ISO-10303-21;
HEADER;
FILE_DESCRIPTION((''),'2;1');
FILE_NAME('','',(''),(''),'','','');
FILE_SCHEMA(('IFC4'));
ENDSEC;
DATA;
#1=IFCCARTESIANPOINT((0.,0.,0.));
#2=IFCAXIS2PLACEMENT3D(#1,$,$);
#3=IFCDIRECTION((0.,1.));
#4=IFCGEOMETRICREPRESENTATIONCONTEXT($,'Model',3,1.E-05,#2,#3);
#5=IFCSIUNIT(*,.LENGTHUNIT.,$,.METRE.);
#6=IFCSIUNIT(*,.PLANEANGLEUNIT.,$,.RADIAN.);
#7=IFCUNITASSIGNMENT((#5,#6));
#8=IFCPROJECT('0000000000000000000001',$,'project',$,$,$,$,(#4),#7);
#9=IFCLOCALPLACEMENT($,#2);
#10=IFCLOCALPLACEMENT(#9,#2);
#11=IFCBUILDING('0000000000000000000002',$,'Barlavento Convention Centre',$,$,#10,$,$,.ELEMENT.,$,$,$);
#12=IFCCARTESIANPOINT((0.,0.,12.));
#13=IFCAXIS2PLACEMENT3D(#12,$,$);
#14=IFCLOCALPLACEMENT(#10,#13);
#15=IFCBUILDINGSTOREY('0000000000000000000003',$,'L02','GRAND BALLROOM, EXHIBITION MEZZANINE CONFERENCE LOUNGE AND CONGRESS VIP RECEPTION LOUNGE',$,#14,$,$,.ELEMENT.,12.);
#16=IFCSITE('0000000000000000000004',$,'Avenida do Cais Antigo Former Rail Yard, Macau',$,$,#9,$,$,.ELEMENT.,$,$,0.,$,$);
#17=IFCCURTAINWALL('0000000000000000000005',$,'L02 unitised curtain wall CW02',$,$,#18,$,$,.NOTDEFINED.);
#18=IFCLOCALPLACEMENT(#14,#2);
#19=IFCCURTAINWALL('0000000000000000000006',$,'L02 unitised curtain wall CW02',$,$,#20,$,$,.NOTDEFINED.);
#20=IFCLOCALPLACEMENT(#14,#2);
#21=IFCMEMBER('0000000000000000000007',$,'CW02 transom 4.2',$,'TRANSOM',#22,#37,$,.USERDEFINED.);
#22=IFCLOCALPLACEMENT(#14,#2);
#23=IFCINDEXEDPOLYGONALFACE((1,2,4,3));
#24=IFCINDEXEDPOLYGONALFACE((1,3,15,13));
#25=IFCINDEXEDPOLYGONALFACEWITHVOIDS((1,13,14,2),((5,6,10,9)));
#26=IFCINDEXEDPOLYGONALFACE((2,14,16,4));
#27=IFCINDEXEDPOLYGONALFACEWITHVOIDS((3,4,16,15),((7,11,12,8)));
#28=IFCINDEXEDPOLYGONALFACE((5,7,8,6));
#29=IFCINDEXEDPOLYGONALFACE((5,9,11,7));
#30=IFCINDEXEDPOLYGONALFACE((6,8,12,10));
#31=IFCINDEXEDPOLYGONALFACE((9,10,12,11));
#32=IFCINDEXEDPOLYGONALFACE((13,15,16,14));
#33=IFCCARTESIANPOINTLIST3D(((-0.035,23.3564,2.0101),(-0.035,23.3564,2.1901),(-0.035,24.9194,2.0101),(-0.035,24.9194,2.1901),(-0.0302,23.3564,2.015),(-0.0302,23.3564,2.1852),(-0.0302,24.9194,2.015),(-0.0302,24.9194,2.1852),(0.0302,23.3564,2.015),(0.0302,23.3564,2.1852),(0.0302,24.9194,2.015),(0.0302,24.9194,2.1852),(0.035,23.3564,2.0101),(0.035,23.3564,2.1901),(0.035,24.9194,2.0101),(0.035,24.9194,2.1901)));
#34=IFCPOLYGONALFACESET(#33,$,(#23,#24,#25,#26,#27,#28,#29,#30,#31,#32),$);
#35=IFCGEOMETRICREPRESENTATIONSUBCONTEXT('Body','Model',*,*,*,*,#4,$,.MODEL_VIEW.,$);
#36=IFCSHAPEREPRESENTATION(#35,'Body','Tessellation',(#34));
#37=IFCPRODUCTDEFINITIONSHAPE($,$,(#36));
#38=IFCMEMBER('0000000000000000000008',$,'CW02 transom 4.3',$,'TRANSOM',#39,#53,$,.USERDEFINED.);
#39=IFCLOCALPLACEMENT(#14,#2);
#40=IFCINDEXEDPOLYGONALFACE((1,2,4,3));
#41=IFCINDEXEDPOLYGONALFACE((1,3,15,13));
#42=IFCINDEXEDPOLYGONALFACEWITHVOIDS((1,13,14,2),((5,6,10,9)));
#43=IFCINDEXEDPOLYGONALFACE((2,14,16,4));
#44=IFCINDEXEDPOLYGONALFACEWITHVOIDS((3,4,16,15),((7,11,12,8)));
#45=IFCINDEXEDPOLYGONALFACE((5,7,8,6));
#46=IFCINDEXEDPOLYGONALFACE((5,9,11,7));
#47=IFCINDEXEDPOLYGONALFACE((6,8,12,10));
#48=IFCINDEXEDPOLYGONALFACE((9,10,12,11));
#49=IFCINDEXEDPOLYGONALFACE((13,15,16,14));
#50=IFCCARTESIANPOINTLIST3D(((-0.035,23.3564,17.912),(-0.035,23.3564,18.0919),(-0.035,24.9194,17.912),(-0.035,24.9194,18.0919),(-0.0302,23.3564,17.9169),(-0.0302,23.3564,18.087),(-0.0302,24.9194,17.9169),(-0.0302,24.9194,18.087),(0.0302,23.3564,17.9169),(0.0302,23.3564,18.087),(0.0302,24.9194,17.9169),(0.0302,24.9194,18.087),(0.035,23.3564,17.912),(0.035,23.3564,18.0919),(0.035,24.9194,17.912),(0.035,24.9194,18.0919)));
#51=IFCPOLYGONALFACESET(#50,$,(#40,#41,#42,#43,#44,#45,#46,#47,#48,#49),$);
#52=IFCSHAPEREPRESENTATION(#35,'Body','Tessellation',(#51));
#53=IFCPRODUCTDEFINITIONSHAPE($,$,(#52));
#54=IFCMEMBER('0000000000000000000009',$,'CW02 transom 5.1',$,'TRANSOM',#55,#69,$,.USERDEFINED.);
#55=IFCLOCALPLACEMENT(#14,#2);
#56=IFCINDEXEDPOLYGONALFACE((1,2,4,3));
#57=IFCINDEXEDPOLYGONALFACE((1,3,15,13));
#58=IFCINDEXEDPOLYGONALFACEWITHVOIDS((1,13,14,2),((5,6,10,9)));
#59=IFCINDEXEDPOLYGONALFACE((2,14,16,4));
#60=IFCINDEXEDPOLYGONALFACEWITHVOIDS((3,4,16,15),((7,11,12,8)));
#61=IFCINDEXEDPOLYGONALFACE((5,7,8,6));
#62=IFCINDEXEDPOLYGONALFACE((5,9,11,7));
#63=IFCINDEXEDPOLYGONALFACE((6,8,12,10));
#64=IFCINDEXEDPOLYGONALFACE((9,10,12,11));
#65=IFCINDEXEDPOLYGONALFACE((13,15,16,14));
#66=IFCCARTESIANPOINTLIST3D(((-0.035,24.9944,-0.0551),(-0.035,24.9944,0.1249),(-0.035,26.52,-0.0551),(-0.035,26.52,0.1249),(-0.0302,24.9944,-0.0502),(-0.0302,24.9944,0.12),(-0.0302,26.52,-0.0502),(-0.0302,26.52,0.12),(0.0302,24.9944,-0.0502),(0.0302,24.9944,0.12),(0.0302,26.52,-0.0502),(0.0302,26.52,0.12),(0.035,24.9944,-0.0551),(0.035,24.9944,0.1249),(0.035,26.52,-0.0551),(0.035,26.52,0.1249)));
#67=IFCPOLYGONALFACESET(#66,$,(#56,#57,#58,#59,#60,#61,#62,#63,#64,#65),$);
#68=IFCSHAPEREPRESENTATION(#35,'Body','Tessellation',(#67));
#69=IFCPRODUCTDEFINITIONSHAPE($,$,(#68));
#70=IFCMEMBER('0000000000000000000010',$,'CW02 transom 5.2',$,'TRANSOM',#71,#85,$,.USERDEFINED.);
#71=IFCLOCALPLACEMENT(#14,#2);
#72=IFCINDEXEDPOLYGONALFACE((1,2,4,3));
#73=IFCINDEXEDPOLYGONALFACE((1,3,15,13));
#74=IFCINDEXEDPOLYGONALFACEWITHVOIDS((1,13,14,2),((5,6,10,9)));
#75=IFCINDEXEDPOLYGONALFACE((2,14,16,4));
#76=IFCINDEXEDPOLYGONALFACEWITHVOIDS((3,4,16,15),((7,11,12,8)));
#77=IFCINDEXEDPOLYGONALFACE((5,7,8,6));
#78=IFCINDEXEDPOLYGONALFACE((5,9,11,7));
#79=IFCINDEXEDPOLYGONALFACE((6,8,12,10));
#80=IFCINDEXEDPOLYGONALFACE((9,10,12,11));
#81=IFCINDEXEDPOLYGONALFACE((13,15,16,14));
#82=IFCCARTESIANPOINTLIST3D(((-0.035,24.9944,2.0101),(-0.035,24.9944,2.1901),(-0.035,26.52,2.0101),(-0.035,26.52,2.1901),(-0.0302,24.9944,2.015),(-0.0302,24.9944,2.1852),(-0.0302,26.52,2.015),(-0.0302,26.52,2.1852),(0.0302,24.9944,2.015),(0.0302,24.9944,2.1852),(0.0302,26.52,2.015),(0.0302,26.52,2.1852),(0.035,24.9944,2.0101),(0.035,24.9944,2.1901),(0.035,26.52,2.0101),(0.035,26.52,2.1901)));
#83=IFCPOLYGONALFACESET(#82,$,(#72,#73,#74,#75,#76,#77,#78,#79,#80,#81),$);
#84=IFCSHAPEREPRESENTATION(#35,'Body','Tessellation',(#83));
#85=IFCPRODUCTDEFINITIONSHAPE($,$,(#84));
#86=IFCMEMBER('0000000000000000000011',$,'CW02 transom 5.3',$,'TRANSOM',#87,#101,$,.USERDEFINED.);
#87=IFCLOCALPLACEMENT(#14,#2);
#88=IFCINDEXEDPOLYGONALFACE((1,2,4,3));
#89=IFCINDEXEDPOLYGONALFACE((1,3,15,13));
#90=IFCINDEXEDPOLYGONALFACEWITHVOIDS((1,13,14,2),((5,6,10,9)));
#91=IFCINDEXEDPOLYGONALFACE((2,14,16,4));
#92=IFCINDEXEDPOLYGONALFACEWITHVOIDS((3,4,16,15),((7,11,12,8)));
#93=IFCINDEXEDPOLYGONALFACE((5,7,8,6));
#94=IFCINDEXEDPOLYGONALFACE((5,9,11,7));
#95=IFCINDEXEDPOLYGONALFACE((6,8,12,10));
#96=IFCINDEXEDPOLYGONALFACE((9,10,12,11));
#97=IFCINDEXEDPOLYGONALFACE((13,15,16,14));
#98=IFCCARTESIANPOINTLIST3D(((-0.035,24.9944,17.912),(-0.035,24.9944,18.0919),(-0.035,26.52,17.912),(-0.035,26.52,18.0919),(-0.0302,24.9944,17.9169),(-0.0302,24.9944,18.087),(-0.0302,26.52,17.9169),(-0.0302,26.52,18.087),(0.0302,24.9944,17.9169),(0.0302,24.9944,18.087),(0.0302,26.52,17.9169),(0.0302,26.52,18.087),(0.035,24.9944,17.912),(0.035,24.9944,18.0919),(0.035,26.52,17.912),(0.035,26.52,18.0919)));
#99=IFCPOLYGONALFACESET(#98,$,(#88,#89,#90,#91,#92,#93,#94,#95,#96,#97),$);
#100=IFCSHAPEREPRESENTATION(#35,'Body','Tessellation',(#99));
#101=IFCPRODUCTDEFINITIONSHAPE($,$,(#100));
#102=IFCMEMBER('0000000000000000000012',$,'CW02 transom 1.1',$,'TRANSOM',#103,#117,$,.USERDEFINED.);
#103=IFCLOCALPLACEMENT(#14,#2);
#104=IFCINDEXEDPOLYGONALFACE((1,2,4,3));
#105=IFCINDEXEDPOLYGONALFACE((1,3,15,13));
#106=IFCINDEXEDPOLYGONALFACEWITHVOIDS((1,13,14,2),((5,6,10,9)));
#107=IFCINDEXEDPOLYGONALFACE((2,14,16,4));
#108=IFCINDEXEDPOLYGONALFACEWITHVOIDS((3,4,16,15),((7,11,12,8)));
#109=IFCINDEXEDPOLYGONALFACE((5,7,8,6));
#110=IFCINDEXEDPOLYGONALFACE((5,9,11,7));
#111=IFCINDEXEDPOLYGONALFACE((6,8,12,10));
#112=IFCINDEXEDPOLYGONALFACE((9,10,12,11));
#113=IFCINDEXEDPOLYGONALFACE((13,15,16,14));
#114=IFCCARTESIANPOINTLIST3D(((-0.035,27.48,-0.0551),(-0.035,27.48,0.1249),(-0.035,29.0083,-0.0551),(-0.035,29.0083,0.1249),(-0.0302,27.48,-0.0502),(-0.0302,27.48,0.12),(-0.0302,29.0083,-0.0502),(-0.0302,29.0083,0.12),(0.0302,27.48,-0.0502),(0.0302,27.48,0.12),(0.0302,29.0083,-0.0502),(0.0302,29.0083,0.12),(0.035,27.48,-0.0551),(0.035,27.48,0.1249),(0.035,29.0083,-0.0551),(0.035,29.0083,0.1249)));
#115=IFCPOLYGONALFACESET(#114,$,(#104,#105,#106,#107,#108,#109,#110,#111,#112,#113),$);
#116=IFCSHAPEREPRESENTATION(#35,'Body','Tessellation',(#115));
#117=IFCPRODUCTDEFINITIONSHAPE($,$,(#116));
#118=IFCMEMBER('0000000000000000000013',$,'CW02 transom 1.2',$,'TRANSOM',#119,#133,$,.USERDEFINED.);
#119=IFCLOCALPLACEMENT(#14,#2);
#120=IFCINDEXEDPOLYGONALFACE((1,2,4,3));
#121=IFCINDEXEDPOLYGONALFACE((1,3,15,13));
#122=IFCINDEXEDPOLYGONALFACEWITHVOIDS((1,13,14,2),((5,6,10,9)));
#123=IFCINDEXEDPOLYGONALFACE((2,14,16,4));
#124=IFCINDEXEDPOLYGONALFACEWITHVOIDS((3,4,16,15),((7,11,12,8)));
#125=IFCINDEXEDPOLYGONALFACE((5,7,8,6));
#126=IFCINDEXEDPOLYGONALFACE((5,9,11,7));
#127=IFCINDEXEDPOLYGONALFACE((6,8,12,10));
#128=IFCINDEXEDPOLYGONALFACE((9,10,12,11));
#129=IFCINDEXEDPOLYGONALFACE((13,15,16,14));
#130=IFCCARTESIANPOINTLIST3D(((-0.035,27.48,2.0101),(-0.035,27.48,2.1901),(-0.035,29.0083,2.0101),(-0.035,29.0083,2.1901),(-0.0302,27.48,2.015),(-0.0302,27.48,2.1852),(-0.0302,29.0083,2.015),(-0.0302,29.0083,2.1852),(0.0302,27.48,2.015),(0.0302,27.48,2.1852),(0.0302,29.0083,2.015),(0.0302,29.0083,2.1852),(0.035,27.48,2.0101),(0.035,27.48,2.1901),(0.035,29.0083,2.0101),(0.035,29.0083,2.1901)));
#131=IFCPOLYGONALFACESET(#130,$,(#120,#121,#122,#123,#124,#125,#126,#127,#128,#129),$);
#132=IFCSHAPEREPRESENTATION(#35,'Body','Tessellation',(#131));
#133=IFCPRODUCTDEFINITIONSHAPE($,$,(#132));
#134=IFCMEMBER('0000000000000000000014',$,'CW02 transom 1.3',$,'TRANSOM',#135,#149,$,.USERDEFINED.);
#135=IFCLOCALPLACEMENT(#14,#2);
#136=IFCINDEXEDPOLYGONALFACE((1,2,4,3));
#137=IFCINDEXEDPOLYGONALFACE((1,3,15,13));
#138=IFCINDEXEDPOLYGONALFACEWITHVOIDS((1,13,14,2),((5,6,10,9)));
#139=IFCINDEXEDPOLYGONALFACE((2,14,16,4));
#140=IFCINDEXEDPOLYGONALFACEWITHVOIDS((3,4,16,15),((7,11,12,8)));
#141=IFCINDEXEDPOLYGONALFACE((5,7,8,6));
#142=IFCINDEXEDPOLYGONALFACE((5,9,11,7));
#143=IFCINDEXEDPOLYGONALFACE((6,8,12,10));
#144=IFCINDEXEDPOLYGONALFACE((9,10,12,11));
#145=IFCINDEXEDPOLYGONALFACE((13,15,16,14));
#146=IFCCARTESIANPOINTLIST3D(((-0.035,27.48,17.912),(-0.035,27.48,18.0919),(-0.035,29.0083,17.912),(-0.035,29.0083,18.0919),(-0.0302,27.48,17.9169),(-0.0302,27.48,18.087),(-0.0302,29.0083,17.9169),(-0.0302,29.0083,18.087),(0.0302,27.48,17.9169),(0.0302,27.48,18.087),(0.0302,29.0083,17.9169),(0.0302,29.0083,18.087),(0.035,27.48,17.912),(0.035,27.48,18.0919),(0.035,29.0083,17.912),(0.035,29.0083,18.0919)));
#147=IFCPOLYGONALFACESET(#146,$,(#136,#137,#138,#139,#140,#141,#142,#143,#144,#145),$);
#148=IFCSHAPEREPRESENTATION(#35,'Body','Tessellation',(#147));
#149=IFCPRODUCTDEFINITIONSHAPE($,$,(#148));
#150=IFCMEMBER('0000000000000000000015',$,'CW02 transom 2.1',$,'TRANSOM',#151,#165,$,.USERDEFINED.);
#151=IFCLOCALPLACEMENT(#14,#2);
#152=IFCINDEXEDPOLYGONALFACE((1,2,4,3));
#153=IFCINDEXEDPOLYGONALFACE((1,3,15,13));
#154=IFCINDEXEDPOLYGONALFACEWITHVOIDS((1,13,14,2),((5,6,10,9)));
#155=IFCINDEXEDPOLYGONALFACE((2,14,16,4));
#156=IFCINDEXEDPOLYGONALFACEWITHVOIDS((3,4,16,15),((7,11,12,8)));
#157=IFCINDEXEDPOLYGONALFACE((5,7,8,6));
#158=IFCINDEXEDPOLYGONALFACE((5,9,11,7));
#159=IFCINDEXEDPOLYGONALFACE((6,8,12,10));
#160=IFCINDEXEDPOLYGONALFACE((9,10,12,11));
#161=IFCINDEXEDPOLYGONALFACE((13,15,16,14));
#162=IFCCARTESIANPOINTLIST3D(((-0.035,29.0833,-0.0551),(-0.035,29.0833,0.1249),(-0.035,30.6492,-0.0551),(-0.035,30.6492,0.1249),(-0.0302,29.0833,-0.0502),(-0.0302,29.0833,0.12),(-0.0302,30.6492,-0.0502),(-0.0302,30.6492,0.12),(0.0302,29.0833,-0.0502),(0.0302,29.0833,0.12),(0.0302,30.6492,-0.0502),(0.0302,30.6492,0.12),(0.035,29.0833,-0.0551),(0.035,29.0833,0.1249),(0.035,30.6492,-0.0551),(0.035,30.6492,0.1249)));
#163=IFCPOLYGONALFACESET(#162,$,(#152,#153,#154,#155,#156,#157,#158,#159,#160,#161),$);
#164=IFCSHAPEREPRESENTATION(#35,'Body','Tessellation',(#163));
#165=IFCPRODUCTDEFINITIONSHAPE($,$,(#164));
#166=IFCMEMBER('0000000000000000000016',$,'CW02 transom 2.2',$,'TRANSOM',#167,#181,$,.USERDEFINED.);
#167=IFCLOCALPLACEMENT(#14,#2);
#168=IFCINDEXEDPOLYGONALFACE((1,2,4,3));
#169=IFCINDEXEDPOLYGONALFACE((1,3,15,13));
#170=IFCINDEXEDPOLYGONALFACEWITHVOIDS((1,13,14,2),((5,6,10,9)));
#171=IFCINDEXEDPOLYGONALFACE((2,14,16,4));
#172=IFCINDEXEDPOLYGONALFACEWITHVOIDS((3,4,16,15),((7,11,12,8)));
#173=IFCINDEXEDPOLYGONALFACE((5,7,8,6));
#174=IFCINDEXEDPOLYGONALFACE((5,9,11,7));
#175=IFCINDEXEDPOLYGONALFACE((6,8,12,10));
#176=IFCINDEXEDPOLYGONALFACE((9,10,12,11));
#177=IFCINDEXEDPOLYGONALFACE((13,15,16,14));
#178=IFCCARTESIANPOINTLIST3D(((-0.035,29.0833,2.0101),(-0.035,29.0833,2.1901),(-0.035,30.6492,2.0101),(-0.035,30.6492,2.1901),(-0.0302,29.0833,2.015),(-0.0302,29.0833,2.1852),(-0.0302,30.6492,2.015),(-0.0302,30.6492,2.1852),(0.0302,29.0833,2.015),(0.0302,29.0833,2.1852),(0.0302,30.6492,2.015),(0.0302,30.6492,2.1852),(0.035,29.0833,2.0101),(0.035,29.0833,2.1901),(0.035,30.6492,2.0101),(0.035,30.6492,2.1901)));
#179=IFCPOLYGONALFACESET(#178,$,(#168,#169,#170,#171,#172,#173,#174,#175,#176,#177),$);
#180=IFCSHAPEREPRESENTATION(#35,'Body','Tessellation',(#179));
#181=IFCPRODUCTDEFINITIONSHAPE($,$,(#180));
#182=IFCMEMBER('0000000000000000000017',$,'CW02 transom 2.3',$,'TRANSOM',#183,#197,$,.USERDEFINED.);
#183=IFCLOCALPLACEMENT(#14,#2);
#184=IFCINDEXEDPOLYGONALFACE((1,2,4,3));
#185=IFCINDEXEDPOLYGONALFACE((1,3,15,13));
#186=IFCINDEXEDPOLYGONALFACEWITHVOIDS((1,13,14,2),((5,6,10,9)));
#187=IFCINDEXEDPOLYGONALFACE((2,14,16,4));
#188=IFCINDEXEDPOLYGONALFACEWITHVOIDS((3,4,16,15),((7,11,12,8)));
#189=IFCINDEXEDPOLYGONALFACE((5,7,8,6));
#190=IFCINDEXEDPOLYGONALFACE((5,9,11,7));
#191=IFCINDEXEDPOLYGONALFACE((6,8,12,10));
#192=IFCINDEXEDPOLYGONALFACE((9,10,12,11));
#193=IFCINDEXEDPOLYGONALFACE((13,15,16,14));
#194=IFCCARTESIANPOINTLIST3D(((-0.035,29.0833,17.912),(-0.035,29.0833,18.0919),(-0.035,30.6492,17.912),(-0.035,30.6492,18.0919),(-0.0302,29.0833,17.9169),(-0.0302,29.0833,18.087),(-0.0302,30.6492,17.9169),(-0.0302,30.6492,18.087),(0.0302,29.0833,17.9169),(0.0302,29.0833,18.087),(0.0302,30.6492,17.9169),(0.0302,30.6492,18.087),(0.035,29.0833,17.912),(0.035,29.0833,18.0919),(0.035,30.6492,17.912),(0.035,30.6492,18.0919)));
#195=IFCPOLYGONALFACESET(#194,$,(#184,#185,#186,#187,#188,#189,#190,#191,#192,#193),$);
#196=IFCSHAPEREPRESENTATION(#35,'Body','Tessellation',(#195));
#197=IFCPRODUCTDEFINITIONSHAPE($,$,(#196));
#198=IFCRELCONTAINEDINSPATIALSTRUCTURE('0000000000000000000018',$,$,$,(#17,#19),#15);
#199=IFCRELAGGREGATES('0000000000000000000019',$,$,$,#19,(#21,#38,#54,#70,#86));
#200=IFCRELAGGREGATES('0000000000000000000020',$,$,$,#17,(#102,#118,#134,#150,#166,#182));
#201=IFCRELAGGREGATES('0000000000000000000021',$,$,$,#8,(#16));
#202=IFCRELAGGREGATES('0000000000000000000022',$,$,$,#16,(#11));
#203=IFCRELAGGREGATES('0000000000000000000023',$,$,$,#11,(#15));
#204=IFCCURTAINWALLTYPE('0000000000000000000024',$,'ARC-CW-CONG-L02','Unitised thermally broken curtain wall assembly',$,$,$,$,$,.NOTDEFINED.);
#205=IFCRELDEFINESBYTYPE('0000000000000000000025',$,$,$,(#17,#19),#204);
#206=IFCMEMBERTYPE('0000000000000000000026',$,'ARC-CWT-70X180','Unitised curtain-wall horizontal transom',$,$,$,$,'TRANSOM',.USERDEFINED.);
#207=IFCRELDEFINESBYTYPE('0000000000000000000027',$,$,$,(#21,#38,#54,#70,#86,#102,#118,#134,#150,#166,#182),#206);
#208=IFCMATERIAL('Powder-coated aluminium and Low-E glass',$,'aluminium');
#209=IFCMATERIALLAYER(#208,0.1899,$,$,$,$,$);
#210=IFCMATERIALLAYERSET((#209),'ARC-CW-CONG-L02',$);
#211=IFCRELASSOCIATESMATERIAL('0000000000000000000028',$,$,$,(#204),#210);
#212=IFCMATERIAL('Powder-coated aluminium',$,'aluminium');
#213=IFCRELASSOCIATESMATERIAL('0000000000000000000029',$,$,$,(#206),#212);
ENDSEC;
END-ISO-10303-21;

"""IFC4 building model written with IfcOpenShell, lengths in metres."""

from ifc_helpers import new_model, si_unit, direction, frame, origin, origin_2d, place, context, subcontext, project, spatial, hollow_rectangle, extrude, material, layer, layer_set, material_profile, profile_set, type_object, element, aggregate, save


model = new_model("IFC4")

# Units and contexts
model_context = context("Model", 3, precision=1e-05, world=origin(), true_north=direction((0.0, 1.0)))
body_context = subcontext(model_context, "Body", "Model", "MODEL_VIEW")
ifc_project = project(units=[si_unit("LENGTHUNIT", "METRE"), si_unit("PLANEANGLEUNIT", "RADIAN")], contexts=[model_context])

# Site, building, storey
site_placement = place(None, origin())
site = spatial("IfcSite", under=ifc_project, at=site_placement, Name="Avenida do Cais Antigo Former Rail Yard, Macau", CompositionType="ELEMENT", RefElevation=0.0)
building_placement = place(site_placement, origin())
building = spatial("IfcBuilding", under=site, at=building_placement, Name="Barlavento Convention Centre", CompositionType="ELEMENT")
storey_placement = place(building_placement, frame((0.0, 0.0, 12.0)))
storey = spatial("IfcBuildingStorey", under=building, at=storey_placement, Name="L02", Description="GRAND BALLROOM, EXHIBITION MEZZANINE CONFERENCE LOUNGE AND CONGRESS VIP RECEPTION LOUNGE", CompositionType="ELEMENT", Elevation=12.0)

# Curtain wall
ifc_material_1 = material(Name="Powder-coated aluminium and Low-E glass", Category="aluminium")
ifc_layer_1 = layer(ifc_material_1, 0.1899)
ifc_layer_set_1 = layer_set([ifc_layer_1], Name="ARC-CW-CONG-L02")
curtain_wall_type = type_object("IfcCurtainWallType", Name="ARC-CW-CONG-L02", Description="Unitised thermally broken curtain wall assembly", PredefinedType="NOTDEFINED", material=ifc_layer_set_1)
curtain_wall_1_placement = place(storey_placement, origin())
curtain_wall_1 = element("IfcCurtainWall", 1, at=curtain_wall_1_placement, inside=storey, type_object=curtain_wall_type, Name="L02 unitised curtain wall CW02", PredefinedType="NOTDEFINED")
ifc_material_2 = material(Name="Powder-coated aluminium", Category="aluminium")

# Curtain wall, members
curtain_wall_2_placement = place(storey_placement, origin())
curtain_wall_2 = element("IfcCurtainWall", 2, at=curtain_wall_2_placement, inside=storey, type_object=curtain_wall_type, Name="L02 unitised curtain wall CW02", PredefinedType="NOTDEFINED")
ifc_material_profile_1 = material_profile(ifc_material_2, hollow_rectangle(XDim=0.0701, YDim=0.1799, WallThickness=0.0049, at=origin_2d()), Name="AL-TRAN 70x180x5")
ifc_profile_set_1 = profile_set([ifc_material_profile_1], Name="Powder-coated aluminium")
member_type_1 = type_object("IfcMemberType", Name="ARC-CWT-70X180", Description="Unitised curtain-wall horizontal transom", ElementType="TRANSOM", PredefinedType="USERDEFINED", material=ifc_profile_set_1)
member_1_placement = place(storey_placement, frame((0.0, 23.3564, 2.1001), z_axis=(0.0, 1.0, 0.0), x_axis=(-1.0, 0.0, 0.0)))
member_1 = element("IfcMember", 3, at=member_1_placement, type_object=member_type_1, Name="CW02 transom 4.2", ObjectType="TRANSOM", PredefinedType="USERDEFINED", context=body_context, shape_type="SweptSolid", body=[
    extrude(hollow_rectangle(XDim=0.0701, YDim=0.1799, WallThickness=0.0049, at=origin_2d()), origin(), (0.0, 0.0, 1.0), 1.563),
])
member_2_placement = place(storey_placement, frame((0.0, 23.3564, 18.002), z_axis=(0.0, 1.0, 0.0), x_axis=(-1.0, 0.0, 0.0)))
member_2 = element("IfcMember", 4, at=member_2_placement, type_object=member_type_1, Name="CW02 transom 4.3", ObjectType="TRANSOM", PredefinedType="USERDEFINED", context=body_context, shape_type="SweptSolid", body=[
    extrude(hollow_rectangle(XDim=0.0701, YDim=0.1799, WallThickness=0.0049, at=origin_2d()), origin(), (0.0, 0.0, 1.0), 1.563),
])
member_3_placement = place(storey_placement, frame((0.0, 24.9944, 0.0349), z_axis=(0.0, 1.0, 0.0), x_axis=(-1.0, 0.0, 0.0)))
member_3 = element("IfcMember", 5, at=member_3_placement, type_object=member_type_1, Name="CW02 transom 5.1", ObjectType="TRANSOM", PredefinedType="USERDEFINED", context=body_context, shape_type="SweptSolid", body=[
    extrude(hollow_rectangle(XDim=0.0701, YDim=0.1799, WallThickness=0.0049, at=origin_2d()), origin(), (0.0, 0.0, 1.0), 1.5256),
])
member_4_placement = place(storey_placement, frame((0.0, 24.9944, 2.1001), z_axis=(0.0, 1.0, 0.0), x_axis=(-1.0, 0.0, 0.0)))
member_4 = element("IfcMember", 6, at=member_4_placement, type_object=member_type_1, Name="CW02 transom 5.2", ObjectType="TRANSOM", PredefinedType="USERDEFINED", context=body_context, shape_type="SweptSolid", body=[
    extrude(hollow_rectangle(XDim=0.0701, YDim=0.1799, WallThickness=0.0049, at=origin_2d()), origin(), (0.0, 0.0, 1.0), 1.5256),
])
member_5_placement = place(storey_placement, frame((0.0, 24.9944, 18.002), z_axis=(0.0, 1.0, 0.0), x_axis=(-1.0, 0.0, 0.0)))
member_5 = element("IfcMember", 7, at=member_5_placement, type_object=member_type_1, Name="CW02 transom 5.3", ObjectType="TRANSOM", PredefinedType="USERDEFINED", context=body_context, shape_type="SweptSolid", body=[
    extrude(hollow_rectangle(XDim=0.0701, YDim=0.1799, WallThickness=0.0049, at=origin_2d()), origin(), (0.0, 0.0, 1.0), 1.5256),
])

# Members
member_6_placement = place(storey_placement, frame((0.0, 27.48, 0.0349), z_axis=(0.0, 1.0, 0.0), x_axis=(-1.0, 0.0, 0.0)))
member_6 = element("IfcMember", 8, at=member_6_placement, type_object=member_type_1, Name="CW02 transom 1.1", ObjectType="TRANSOM", PredefinedType="USERDEFINED", context=body_context, shape_type="SweptSolid", body=[
    extrude(hollow_rectangle(XDim=0.0701, YDim=0.1799, WallThickness=0.0049, at=origin_2d()), origin(), (0.0, 0.0, 1.0), 1.5283),
])
member_7_placement = place(storey_placement, frame((0.0, 27.48, 2.1001), z_axis=(0.0, 1.0, 0.0), x_axis=(-1.0, 0.0, 0.0)))
member_7 = element("IfcMember", 9, at=member_7_placement, type_object=member_type_1, Name="CW02 transom 1.2", ObjectType="TRANSOM", PredefinedType="USERDEFINED", context=body_context, shape_type="SweptSolid", body=[
    extrude(hollow_rectangle(XDim=0.0701, YDim=0.1799, WallThickness=0.0049, at=origin_2d()), origin(), (0.0, 0.0, 1.0), 1.5283),
])
member_8_placement = place(storey_placement, frame((0.0, 27.48, 18.002), z_axis=(0.0, 1.0, 0.0), x_axis=(-1.0, 0.0, 0.0)))
member_8 = element("IfcMember", 10, at=member_8_placement, type_object=member_type_1, Name="CW02 transom 1.3", ObjectType="TRANSOM", PredefinedType="USERDEFINED", context=body_context, shape_type="SweptSolid", body=[
    extrude(hollow_rectangle(XDim=0.0701, YDim=0.1799, WallThickness=0.0049, at=origin_2d()), origin(), (0.0, 0.0, 1.0), 1.5283),
])
member_9_placement = place(storey_placement, frame((0.0, 29.0833, 0.0349), z_axis=(0.0, 1.0, 0.0), x_axis=(-1.0, 0.0, 0.0)))
member_9 = element("IfcMember", 11, at=member_9_placement, type_object=member_type_1, Name="CW02 transom 2.1", ObjectType="TRANSOM", PredefinedType="USERDEFINED", context=body_context, shape_type="SweptSolid", body=[
    extrude(hollow_rectangle(XDim=0.0701, YDim=0.1799, WallThickness=0.0049, at=origin_2d()), origin(), (0.0, 0.0, 1.0), 1.5659),
])
member_10_placement = place(storey_placement, frame((0.0, 29.0833, 2.1001), z_axis=(0.0, 1.0, 0.0), x_axis=(-1.0, 0.0, 0.0)))
member_10 = element("IfcMember", 12, at=member_10_placement, type_object=member_type_1, Name="CW02 transom 2.2", ObjectType="TRANSOM", PredefinedType="USERDEFINED", context=body_context, shape_type="SweptSolid", body=[
    extrude(hollow_rectangle(XDim=0.0701, YDim=0.1799, WallThickness=0.0049, at=origin_2d()), origin(), (0.0, 0.0, 1.0), 1.5659),
])
member_11_placement = place(storey_placement, frame((0.0, 29.0833, 18.002), z_axis=(0.0, 1.0, 0.0), x_axis=(-1.0, 0.0, 0.0)))
member_11 = element("IfcMember", 13, at=member_11_placement, type_object=member_type_1, Name="CW02 transom 2.3", ObjectType="TRANSOM", PredefinedType="USERDEFINED", context=body_context, shape_type="SweptSolid", body=[
    extrude(hollow_rectangle(XDim=0.0701, YDim=0.1799, WallThickness=0.0049, at=origin_2d()), origin(), (0.0, 0.0, 1.0), 1.5659),
])

aggregate(curtain_wall_2, [member_1, member_2, member_3, member_4, member_5])
aggregate(curtain_wall_1, [member_6, member_7, member_8, member_9, member_10, member_11])

save(model, "model.ifc")
